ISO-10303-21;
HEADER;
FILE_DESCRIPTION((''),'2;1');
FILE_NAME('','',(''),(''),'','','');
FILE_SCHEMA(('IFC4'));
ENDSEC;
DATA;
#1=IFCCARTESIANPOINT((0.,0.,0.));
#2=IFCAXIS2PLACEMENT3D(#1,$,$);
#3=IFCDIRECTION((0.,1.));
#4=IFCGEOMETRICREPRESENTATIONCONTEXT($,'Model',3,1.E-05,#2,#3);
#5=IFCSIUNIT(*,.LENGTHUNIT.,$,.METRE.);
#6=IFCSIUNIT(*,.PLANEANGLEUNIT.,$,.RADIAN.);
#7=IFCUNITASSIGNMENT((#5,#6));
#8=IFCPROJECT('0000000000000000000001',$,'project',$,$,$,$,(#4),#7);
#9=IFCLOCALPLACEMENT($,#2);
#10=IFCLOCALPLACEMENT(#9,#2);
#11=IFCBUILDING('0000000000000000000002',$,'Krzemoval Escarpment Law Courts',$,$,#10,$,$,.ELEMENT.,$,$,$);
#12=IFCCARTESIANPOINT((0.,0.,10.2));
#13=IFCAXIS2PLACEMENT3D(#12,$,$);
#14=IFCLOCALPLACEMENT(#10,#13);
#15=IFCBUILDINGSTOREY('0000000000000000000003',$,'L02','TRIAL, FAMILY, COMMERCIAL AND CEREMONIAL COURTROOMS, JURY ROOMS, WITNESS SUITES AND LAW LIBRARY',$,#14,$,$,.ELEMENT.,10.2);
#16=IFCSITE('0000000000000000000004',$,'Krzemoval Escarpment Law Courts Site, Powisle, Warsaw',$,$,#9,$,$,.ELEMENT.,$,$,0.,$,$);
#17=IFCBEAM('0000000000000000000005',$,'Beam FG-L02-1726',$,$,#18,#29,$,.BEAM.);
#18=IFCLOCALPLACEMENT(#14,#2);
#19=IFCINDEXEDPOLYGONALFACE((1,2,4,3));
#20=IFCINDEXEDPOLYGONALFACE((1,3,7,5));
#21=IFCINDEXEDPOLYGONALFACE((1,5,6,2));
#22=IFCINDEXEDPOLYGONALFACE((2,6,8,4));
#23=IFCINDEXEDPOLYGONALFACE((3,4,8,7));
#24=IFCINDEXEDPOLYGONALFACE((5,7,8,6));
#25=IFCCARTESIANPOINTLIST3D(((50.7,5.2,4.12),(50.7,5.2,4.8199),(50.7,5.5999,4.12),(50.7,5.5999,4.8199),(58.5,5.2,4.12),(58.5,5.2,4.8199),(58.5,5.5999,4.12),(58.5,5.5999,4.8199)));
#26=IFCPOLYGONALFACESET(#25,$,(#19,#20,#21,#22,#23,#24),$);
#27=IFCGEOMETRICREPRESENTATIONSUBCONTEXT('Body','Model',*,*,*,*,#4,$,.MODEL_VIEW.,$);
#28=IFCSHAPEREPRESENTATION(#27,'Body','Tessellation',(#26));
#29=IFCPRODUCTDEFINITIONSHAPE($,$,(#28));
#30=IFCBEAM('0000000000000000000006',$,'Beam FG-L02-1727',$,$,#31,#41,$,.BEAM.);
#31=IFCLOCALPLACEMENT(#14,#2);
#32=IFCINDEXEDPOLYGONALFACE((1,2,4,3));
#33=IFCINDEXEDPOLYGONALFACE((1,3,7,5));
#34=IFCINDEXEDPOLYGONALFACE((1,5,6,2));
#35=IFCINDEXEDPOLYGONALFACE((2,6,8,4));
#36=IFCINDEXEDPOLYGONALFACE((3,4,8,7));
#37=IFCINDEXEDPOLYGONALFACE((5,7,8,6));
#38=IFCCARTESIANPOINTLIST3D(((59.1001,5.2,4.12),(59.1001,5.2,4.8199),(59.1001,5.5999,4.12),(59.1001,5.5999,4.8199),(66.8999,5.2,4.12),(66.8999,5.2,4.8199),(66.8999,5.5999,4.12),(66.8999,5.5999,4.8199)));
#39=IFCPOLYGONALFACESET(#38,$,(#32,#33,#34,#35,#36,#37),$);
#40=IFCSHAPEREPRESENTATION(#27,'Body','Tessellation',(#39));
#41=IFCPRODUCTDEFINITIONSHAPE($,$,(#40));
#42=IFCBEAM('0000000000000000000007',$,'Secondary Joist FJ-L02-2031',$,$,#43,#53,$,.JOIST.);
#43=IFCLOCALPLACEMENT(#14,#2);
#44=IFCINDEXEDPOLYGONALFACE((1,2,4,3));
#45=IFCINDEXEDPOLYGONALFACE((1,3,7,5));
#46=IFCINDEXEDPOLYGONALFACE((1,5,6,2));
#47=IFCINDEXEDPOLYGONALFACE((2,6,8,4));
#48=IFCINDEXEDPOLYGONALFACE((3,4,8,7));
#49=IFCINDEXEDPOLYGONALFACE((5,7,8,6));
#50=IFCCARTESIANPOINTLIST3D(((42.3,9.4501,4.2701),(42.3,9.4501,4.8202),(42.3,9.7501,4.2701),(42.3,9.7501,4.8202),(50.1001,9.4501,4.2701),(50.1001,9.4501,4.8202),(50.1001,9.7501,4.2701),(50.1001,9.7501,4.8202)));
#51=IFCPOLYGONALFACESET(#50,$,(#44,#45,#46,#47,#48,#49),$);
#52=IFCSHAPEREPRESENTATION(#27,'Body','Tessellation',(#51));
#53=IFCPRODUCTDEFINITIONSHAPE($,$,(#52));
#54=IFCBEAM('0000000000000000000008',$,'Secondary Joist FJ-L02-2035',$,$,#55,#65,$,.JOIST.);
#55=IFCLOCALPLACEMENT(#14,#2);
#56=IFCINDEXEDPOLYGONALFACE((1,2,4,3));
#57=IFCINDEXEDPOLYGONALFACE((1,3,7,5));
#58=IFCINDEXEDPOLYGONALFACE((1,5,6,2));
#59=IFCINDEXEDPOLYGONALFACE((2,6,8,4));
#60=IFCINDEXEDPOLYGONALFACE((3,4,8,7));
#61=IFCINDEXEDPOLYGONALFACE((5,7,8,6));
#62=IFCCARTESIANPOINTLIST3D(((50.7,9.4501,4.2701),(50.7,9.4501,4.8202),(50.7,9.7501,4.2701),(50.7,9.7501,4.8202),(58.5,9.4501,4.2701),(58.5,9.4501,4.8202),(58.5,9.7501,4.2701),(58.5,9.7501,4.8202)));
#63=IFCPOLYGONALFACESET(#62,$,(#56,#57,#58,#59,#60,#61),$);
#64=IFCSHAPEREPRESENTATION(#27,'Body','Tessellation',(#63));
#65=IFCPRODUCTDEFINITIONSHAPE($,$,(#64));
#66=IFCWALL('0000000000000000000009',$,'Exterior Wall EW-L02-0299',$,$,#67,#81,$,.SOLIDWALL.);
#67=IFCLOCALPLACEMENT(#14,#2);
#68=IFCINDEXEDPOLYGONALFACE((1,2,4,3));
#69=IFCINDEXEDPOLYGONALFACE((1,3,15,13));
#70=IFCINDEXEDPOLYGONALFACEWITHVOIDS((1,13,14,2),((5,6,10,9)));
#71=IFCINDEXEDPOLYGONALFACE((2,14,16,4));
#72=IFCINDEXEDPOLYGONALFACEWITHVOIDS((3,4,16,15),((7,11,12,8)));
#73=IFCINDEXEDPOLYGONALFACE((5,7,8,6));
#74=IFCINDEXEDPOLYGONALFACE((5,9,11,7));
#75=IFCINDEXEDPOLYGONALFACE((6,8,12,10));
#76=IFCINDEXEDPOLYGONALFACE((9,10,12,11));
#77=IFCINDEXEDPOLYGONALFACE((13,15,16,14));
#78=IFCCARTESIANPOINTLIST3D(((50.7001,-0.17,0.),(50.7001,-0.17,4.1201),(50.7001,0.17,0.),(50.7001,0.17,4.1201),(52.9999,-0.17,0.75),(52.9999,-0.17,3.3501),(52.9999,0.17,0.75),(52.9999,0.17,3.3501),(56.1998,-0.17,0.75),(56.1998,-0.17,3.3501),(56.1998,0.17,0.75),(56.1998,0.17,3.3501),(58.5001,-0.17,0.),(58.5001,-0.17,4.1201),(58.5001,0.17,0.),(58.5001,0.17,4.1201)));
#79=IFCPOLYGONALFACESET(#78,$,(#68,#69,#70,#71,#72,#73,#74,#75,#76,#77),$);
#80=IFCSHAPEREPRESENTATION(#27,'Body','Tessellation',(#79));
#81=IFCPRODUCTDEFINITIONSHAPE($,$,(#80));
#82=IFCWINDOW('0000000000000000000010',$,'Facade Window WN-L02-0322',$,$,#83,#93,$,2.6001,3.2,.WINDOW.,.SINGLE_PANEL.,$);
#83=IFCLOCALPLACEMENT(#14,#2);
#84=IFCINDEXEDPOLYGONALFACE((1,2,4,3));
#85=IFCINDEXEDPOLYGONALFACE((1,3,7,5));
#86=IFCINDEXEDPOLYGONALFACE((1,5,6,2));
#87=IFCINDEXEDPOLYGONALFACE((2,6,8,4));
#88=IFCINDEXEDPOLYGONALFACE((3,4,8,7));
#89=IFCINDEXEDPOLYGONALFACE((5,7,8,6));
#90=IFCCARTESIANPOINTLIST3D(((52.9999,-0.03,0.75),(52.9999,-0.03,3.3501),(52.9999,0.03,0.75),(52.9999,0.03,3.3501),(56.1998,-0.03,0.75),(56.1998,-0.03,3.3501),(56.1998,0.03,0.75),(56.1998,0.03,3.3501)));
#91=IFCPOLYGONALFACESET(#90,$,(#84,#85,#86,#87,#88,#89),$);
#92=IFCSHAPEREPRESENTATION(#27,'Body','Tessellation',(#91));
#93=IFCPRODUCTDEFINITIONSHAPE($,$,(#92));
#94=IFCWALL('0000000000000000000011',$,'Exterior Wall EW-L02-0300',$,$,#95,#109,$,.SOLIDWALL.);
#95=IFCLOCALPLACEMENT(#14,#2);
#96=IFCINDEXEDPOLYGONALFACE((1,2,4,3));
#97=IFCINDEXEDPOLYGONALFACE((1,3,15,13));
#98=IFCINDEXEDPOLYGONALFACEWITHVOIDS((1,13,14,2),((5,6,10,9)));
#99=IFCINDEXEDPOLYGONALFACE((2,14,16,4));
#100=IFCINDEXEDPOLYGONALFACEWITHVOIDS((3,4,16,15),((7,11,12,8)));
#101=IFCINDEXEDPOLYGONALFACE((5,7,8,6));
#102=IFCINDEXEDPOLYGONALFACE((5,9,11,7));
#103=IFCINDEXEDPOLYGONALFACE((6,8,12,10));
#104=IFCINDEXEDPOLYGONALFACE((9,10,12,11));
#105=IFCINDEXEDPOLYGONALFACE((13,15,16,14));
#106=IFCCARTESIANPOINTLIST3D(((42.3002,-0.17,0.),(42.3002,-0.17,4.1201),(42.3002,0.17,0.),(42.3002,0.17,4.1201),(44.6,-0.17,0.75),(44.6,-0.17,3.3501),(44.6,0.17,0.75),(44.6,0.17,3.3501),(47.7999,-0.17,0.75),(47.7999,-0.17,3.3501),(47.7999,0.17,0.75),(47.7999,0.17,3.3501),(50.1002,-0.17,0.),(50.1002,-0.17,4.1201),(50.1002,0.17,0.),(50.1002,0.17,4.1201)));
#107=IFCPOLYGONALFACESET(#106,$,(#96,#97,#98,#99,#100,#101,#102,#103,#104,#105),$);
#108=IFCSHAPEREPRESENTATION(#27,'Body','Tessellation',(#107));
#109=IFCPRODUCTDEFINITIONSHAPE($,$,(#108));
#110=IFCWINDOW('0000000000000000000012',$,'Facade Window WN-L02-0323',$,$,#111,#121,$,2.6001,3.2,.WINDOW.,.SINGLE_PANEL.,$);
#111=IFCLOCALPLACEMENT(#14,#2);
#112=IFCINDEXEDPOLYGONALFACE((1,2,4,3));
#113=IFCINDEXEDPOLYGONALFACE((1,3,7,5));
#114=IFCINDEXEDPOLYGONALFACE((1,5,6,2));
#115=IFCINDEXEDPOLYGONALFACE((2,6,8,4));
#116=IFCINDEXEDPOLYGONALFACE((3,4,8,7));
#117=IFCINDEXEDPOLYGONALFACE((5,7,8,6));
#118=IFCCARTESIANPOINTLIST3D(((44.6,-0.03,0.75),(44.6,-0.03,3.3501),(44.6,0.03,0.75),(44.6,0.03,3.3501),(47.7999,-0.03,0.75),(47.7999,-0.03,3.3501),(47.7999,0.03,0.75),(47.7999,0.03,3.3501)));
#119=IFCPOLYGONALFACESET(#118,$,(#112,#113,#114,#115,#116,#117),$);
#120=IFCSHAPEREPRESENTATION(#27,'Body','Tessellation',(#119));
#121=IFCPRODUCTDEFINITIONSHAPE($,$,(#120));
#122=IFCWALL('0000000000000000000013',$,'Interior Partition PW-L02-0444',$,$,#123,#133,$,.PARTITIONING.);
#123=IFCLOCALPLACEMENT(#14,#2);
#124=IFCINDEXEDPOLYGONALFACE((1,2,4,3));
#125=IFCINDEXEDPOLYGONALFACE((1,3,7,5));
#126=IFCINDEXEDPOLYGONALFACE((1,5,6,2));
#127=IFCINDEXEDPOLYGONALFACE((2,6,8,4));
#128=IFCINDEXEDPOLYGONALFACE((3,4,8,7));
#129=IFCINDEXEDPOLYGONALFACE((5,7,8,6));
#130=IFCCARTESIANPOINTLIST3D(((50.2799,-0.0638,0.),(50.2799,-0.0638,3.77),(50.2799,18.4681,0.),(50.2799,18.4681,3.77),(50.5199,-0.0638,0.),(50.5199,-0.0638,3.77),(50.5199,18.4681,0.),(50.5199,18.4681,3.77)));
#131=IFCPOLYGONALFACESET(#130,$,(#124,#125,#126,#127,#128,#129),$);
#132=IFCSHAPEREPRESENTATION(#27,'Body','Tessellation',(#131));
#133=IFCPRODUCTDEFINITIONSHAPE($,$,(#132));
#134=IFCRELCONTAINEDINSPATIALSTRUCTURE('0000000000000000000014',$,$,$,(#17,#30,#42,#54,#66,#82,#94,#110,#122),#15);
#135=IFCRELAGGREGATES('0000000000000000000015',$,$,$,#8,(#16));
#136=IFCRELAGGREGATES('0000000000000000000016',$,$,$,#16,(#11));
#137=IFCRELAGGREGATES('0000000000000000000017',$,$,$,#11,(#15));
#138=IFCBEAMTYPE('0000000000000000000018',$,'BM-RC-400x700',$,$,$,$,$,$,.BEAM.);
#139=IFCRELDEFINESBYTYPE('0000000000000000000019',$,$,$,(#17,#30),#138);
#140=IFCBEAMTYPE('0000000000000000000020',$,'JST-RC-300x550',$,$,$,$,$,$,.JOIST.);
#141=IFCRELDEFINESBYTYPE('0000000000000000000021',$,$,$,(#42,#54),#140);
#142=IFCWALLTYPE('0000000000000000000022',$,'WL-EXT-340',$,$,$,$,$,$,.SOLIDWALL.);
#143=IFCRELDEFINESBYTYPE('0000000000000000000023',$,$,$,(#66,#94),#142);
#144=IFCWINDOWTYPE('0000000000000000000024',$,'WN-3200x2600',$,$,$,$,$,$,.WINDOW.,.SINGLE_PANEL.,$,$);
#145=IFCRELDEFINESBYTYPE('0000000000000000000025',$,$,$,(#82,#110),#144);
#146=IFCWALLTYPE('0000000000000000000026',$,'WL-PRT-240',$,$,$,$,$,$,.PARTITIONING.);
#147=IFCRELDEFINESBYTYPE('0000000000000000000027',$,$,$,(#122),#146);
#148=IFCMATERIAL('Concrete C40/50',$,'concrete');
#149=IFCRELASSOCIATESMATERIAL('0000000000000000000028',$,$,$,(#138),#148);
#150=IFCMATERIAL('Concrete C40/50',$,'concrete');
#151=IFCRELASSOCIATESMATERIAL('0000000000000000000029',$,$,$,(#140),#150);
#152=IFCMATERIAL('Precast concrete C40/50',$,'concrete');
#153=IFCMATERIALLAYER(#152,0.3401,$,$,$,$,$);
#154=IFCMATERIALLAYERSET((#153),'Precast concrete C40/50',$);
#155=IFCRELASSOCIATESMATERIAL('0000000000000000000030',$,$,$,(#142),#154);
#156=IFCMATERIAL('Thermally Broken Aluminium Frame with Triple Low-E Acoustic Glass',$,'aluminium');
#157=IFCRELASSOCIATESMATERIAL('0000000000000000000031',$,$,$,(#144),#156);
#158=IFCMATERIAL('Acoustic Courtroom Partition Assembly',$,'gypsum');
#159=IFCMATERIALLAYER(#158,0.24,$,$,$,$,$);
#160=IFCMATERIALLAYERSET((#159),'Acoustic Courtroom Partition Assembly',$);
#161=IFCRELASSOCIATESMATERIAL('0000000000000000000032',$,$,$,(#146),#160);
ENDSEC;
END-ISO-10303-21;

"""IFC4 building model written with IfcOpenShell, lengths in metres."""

from ifc_helpers import new_model, si_unit, direction, frame, frame_2d, origin, origin_2d, place, context, subcontext, project, spatial, rectangle, extrude, material, layer, layer_set, material_profile, profile_set, type_object, element, fill, save


model = new_model("IFC4")

# Units and contexts
model_context = context("Model", 3, precision=1e-05, world=origin(), true_north=direction((0.0, 1.0)))
body_context = subcontext(model_context, "Body", "Model", "MODEL_VIEW")
ifc_project = project(units=[si_unit("LENGTHUNIT", "METRE"), si_unit("PLANEANGLEUNIT", "RADIAN")], contexts=[model_context])

# Site, building, storey
site_placement = place(None, origin())
site = spatial("IfcSite", under=ifc_project, at=site_placement, Name="Krzemoval Escarpment Law Courts Site, Powisle, Warsaw", CompositionType="ELEMENT", RefElevation=0.0)
building_placement = place(site_placement, origin())
building = spatial("IfcBuilding", under=site, at=building_placement, Name="Krzemoval Escarpment Law Courts", CompositionType="ELEMENT")
storey_placement = place(building_placement, frame((0.0, 0.0, 10.2)))
storey = spatial("IfcBuildingStorey", under=building, at=storey_placement, Name="L02", Description="TRIAL, FAMILY, COMMERCIAL AND CEREMONIAL COURTROOMS, JURY ROOMS, WITNESS SUITES AND LAW LIBRARY", CompositionType="ELEMENT", Elevation=10.2)

# Beams
ifc_material_1 = material(Name="Concrete C40/50", Category="concrete")
ifc_material_profile_1 = material_profile(ifc_material_1, rectangle(XDim=0.3999, YDim=0.7, at=origin_2d()), Name="RCB 400x700")
ifc_profile_set_1 = profile_set([ifc_material_profile_1], Name="Concrete C40/50")
beam_type_1 = type_object("IfcBeamType", Name="BM-RC-400x700", PredefinedType="BEAM", material=ifc_profile_set_1)
for number, where, z_axis, x_axis, name in (
    (1, (50.7, 5.3999, 4.47), (1.0, 0.0, 0.0), (0.0, 1.0, 0.0), "Beam FG-L02-1726"),
):
    element("IfcBeam", number, at=place(storey_placement, frame(where, z_axis=z_axis, x_axis=x_axis)), inside=storey, type_object=beam_type_1, Name=name, PredefinedType="BEAM", context=body_context, shape_type="SweptSolid", body=[
        extrude(rectangle(XDim=0.3999, YDim=0.7, at=origin_2d()), origin(), (0.0, 0.0, 1.0), 7.8),
    ])
beam_1_placement = place(storey_placement, frame((59.1001, 5.3999, 4.47), z_axis=(1.0, 0.0, 0.0), x_axis=(0.0, 1.0, 0.0)))
element("IfcBeam", 2, at=beam_1_placement, inside=storey, type_object=beam_type_1, Name="Beam FG-L02-1727", PredefinedType="BEAM", context=body_context, shape_type="SweptSolid", body=[
    extrude(rectangle(XDim=0.3999, YDim=0.7, at=origin_2d()), origin(), (0.0, 0.0, 1.0), 7.7998),
])
ifc_material_2 = material(Name="Concrete C40/50", Category="concrete")
ifc_material_profile_2 = material_profile(ifc_material_2, rectangle(XDim=0.3, YDim=0.55, at=origin_2d()), Name="RCB 300x550")
ifc_profile_set_2 = profile_set([ifc_material_profile_2], Name="Concrete C40/50")
beam_type_2 = type_object("IfcBeamType", Name="JST-RC-300x550", PredefinedType="JOIST", material=ifc_profile_set_2)
for number, where, z_axis, x_axis, name in (
    (3, (42.3, 9.6001, 4.5452), (1.0, 0.0, 0.0), (0.0, 1.0, 0.0), "Secondary Joist FJ-L02-2031"),
    (4, (50.7, 9.6001, 4.5452), (1.0, 0.0, 0.0), (0.0, 1.0, 0.0), "Secondary Joist FJ-L02-2035"),
):
    element("IfcBeam", number, at=place(storey_placement, frame(where, z_axis=z_axis, x_axis=x_axis)), inside=storey, type_object=beam_type_2, Name=name, PredefinedType="JOIST", context=body_context, shape_type="SweptSolid", body=[
        extrude(rectangle(XDim=0.3, YDim=0.55, at=origin_2d()), origin(), (0.0, 0.0, 1.0), 7.8),
    ])

# Walls, openings, windows
ifc_material_3 = material(Name="Precast concrete C40/50", Category="concrete")
ifc_layer_1 = layer(ifc_material_3, 0.3401)
ifc_layer_set_1 = layer_set([ifc_layer_1], Name="Precast concrete C40/50")
wall_type_1 = type_object("IfcWallType", Name="WL-EXT-340", PredefinedType="SOLIDWALL", material=ifc_layer_set_1)
wall_1_placement = place(storey_placement, frame((58.5, 0.0, 0.0), z_axis=(0.0, 0.0, 1.0), x_axis=(-1.0, 0.0, 0.0)))
wall_1 = element("IfcWall", 5, at=wall_1_placement, inside=storey, type_object=wall_type_1, Name="Exterior Wall EW-L02-0299", PredefinedType="SOLIDWALL", context=body_context, shape_type="SweptSolid", body=[
    extrude(rectangle(XDim=7.8, YDim=0.3401, at=frame_2d((3.8999, 0.0))), origin(), (0.0, 0.0, 1.0), 4.1201),
])
opening_1_placement = place(wall_1_placement, frame((2.3, 0.0, 0.75)))
opening_1 = element("IfcOpeningElement", 6, at=opening_1_placement, cuts=wall_1, PredefinedType="OPENING", context=body_context, shape_type="SweptSolid", body=[
    extrude(rectangle(XDim=3.2, YDim=2.6001, at=frame_2d((1.6001, 1.3))), frame((0.0, 0.185, 0.0), z_axis=(0.0, -1.0, 0.0), x_axis=(1.0, 0.0, 0.0)), (0.0, 0.0, 1.0), 0.3701),
])
ifc_material_4 = material(Name="Thermally Broken Aluminium Frame with Triple Low-E Acoustic Glass", Category="aluminium")
window_type = type_object("IfcWindowType", Name="WN-3200x2600", PartitioningType="SINGLE_PANEL", PredefinedType="WINDOW", material=ifc_material_4)
window_1_placement = place(opening_1_placement, origin())
window_1 = element("IfcWindow", 7, at=window_1_placement, inside=storey, type_object=window_type, Name="Facade Window WN-L02-0322", OverallHeight=2.6001, OverallWidth=3.2, PartitioningType="SINGLE_PANEL", PredefinedType="WINDOW", context=body_context, shape_type="SweptSolid", body=[
    extrude(rectangle(XDim=3.2, YDim=2.6001, at=frame_2d((1.6001, 1.3))), frame((0.0, 0.03, 0.0), z_axis=(0.0, -1.0, 0.0), x_axis=(1.0, 0.0, 0.0)), (0.0, 0.0, 1.0), 0.0601),
])
fill(opening_1, window_1)
wall_2_placement = place(storey_placement, frame((50.1001, 0.0, 0.0), z_axis=(0.0, 0.0, 1.0), x_axis=(-1.0, 0.0, 0.0)))
wall_2 = element("IfcWall", 8, at=wall_2_placement, inside=storey, type_object=wall_type_1, Name="Exterior Wall EW-L02-0300", PredefinedType="SOLIDWALL", context=body_context, shape_type="SweptSolid", body=[
    extrude(rectangle(XDim=7.8, YDim=0.3401, at=frame_2d((3.8999, 0.0))), origin(), (0.0, 0.0, 1.0), 4.1201),
])
opening_2_placement = place(wall_2_placement, frame((2.3, 0.0, 0.75)))
opening_2 = element("IfcOpeningElement", 9, at=opening_2_placement, cuts=wall_2, PredefinedType="OPENING", context=body_context, shape_type="SweptSolid", body=[
    extrude(rectangle(XDim=3.2, YDim=2.6001, at=frame_2d((1.6001, 1.3))), frame((0.0, 0.185, 0.0), z_axis=(0.0, -1.0, 0.0), x_axis=(1.0, 0.0, 0.0)), (0.0, 0.0, 1.0), 0.3701),
])
window_2_placement = place(opening_2_placement, origin())
window_2 = element("IfcWindow", 10, at=window_2_placement, inside=storey, type_object=window_type, Name="Facade Window WN-L02-0323", OverallHeight=2.6001, OverallWidth=3.2, PartitioningType="SINGLE_PANEL", PredefinedType="WINDOW", context=body_context, shape_type="SweptSolid", body=[
    extrude(rectangle(XDim=3.2, YDim=2.6001, at=frame_2d((1.6001, 1.3))), frame((0.0, 0.03, 0.0), z_axis=(0.0, -1.0, 0.0), x_axis=(1.0, 0.0, 0.0)), (0.0, 0.0, 1.0), 0.0601),
])
fill(opening_2, window_2)

# Wall
ifc_material_5 = material(Name="Acoustic Courtroom Partition Assembly", Category="gypsum")
ifc_layer_2 = layer(ifc_material_5, 0.24)
ifc_layer_set_2 = layer_set([ifc_layer_2], Name="Acoustic Courtroom Partition Assembly")
wall_type_2 = type_object("IfcWallType", Name="WL-PRT-240", PredefinedType="PARTITIONING", material=ifc_layer_set_2)
wall_3_placement = place(storey_placement, frame((50.3999, -0.064, 0.0), z_axis=(0.0, 0.0, 1.0), x_axis=(0.0, 1.0, 0.0)))
element("IfcWall", 11, at=wall_3_placement, inside=storey, type_object=wall_type_2, Name="Interior Partition PW-L02-0444", PredefinedType="PARTITIONING", context=body_context, shape_type="SweptSolid", body=[
    extrude(rectangle(XDim=18.532, YDim=0.24, at=frame_2d((9.2661, 0.0))), origin(), (0.0, 0.0, 1.0), 3.77),
])

save(model, "model.ifc")
